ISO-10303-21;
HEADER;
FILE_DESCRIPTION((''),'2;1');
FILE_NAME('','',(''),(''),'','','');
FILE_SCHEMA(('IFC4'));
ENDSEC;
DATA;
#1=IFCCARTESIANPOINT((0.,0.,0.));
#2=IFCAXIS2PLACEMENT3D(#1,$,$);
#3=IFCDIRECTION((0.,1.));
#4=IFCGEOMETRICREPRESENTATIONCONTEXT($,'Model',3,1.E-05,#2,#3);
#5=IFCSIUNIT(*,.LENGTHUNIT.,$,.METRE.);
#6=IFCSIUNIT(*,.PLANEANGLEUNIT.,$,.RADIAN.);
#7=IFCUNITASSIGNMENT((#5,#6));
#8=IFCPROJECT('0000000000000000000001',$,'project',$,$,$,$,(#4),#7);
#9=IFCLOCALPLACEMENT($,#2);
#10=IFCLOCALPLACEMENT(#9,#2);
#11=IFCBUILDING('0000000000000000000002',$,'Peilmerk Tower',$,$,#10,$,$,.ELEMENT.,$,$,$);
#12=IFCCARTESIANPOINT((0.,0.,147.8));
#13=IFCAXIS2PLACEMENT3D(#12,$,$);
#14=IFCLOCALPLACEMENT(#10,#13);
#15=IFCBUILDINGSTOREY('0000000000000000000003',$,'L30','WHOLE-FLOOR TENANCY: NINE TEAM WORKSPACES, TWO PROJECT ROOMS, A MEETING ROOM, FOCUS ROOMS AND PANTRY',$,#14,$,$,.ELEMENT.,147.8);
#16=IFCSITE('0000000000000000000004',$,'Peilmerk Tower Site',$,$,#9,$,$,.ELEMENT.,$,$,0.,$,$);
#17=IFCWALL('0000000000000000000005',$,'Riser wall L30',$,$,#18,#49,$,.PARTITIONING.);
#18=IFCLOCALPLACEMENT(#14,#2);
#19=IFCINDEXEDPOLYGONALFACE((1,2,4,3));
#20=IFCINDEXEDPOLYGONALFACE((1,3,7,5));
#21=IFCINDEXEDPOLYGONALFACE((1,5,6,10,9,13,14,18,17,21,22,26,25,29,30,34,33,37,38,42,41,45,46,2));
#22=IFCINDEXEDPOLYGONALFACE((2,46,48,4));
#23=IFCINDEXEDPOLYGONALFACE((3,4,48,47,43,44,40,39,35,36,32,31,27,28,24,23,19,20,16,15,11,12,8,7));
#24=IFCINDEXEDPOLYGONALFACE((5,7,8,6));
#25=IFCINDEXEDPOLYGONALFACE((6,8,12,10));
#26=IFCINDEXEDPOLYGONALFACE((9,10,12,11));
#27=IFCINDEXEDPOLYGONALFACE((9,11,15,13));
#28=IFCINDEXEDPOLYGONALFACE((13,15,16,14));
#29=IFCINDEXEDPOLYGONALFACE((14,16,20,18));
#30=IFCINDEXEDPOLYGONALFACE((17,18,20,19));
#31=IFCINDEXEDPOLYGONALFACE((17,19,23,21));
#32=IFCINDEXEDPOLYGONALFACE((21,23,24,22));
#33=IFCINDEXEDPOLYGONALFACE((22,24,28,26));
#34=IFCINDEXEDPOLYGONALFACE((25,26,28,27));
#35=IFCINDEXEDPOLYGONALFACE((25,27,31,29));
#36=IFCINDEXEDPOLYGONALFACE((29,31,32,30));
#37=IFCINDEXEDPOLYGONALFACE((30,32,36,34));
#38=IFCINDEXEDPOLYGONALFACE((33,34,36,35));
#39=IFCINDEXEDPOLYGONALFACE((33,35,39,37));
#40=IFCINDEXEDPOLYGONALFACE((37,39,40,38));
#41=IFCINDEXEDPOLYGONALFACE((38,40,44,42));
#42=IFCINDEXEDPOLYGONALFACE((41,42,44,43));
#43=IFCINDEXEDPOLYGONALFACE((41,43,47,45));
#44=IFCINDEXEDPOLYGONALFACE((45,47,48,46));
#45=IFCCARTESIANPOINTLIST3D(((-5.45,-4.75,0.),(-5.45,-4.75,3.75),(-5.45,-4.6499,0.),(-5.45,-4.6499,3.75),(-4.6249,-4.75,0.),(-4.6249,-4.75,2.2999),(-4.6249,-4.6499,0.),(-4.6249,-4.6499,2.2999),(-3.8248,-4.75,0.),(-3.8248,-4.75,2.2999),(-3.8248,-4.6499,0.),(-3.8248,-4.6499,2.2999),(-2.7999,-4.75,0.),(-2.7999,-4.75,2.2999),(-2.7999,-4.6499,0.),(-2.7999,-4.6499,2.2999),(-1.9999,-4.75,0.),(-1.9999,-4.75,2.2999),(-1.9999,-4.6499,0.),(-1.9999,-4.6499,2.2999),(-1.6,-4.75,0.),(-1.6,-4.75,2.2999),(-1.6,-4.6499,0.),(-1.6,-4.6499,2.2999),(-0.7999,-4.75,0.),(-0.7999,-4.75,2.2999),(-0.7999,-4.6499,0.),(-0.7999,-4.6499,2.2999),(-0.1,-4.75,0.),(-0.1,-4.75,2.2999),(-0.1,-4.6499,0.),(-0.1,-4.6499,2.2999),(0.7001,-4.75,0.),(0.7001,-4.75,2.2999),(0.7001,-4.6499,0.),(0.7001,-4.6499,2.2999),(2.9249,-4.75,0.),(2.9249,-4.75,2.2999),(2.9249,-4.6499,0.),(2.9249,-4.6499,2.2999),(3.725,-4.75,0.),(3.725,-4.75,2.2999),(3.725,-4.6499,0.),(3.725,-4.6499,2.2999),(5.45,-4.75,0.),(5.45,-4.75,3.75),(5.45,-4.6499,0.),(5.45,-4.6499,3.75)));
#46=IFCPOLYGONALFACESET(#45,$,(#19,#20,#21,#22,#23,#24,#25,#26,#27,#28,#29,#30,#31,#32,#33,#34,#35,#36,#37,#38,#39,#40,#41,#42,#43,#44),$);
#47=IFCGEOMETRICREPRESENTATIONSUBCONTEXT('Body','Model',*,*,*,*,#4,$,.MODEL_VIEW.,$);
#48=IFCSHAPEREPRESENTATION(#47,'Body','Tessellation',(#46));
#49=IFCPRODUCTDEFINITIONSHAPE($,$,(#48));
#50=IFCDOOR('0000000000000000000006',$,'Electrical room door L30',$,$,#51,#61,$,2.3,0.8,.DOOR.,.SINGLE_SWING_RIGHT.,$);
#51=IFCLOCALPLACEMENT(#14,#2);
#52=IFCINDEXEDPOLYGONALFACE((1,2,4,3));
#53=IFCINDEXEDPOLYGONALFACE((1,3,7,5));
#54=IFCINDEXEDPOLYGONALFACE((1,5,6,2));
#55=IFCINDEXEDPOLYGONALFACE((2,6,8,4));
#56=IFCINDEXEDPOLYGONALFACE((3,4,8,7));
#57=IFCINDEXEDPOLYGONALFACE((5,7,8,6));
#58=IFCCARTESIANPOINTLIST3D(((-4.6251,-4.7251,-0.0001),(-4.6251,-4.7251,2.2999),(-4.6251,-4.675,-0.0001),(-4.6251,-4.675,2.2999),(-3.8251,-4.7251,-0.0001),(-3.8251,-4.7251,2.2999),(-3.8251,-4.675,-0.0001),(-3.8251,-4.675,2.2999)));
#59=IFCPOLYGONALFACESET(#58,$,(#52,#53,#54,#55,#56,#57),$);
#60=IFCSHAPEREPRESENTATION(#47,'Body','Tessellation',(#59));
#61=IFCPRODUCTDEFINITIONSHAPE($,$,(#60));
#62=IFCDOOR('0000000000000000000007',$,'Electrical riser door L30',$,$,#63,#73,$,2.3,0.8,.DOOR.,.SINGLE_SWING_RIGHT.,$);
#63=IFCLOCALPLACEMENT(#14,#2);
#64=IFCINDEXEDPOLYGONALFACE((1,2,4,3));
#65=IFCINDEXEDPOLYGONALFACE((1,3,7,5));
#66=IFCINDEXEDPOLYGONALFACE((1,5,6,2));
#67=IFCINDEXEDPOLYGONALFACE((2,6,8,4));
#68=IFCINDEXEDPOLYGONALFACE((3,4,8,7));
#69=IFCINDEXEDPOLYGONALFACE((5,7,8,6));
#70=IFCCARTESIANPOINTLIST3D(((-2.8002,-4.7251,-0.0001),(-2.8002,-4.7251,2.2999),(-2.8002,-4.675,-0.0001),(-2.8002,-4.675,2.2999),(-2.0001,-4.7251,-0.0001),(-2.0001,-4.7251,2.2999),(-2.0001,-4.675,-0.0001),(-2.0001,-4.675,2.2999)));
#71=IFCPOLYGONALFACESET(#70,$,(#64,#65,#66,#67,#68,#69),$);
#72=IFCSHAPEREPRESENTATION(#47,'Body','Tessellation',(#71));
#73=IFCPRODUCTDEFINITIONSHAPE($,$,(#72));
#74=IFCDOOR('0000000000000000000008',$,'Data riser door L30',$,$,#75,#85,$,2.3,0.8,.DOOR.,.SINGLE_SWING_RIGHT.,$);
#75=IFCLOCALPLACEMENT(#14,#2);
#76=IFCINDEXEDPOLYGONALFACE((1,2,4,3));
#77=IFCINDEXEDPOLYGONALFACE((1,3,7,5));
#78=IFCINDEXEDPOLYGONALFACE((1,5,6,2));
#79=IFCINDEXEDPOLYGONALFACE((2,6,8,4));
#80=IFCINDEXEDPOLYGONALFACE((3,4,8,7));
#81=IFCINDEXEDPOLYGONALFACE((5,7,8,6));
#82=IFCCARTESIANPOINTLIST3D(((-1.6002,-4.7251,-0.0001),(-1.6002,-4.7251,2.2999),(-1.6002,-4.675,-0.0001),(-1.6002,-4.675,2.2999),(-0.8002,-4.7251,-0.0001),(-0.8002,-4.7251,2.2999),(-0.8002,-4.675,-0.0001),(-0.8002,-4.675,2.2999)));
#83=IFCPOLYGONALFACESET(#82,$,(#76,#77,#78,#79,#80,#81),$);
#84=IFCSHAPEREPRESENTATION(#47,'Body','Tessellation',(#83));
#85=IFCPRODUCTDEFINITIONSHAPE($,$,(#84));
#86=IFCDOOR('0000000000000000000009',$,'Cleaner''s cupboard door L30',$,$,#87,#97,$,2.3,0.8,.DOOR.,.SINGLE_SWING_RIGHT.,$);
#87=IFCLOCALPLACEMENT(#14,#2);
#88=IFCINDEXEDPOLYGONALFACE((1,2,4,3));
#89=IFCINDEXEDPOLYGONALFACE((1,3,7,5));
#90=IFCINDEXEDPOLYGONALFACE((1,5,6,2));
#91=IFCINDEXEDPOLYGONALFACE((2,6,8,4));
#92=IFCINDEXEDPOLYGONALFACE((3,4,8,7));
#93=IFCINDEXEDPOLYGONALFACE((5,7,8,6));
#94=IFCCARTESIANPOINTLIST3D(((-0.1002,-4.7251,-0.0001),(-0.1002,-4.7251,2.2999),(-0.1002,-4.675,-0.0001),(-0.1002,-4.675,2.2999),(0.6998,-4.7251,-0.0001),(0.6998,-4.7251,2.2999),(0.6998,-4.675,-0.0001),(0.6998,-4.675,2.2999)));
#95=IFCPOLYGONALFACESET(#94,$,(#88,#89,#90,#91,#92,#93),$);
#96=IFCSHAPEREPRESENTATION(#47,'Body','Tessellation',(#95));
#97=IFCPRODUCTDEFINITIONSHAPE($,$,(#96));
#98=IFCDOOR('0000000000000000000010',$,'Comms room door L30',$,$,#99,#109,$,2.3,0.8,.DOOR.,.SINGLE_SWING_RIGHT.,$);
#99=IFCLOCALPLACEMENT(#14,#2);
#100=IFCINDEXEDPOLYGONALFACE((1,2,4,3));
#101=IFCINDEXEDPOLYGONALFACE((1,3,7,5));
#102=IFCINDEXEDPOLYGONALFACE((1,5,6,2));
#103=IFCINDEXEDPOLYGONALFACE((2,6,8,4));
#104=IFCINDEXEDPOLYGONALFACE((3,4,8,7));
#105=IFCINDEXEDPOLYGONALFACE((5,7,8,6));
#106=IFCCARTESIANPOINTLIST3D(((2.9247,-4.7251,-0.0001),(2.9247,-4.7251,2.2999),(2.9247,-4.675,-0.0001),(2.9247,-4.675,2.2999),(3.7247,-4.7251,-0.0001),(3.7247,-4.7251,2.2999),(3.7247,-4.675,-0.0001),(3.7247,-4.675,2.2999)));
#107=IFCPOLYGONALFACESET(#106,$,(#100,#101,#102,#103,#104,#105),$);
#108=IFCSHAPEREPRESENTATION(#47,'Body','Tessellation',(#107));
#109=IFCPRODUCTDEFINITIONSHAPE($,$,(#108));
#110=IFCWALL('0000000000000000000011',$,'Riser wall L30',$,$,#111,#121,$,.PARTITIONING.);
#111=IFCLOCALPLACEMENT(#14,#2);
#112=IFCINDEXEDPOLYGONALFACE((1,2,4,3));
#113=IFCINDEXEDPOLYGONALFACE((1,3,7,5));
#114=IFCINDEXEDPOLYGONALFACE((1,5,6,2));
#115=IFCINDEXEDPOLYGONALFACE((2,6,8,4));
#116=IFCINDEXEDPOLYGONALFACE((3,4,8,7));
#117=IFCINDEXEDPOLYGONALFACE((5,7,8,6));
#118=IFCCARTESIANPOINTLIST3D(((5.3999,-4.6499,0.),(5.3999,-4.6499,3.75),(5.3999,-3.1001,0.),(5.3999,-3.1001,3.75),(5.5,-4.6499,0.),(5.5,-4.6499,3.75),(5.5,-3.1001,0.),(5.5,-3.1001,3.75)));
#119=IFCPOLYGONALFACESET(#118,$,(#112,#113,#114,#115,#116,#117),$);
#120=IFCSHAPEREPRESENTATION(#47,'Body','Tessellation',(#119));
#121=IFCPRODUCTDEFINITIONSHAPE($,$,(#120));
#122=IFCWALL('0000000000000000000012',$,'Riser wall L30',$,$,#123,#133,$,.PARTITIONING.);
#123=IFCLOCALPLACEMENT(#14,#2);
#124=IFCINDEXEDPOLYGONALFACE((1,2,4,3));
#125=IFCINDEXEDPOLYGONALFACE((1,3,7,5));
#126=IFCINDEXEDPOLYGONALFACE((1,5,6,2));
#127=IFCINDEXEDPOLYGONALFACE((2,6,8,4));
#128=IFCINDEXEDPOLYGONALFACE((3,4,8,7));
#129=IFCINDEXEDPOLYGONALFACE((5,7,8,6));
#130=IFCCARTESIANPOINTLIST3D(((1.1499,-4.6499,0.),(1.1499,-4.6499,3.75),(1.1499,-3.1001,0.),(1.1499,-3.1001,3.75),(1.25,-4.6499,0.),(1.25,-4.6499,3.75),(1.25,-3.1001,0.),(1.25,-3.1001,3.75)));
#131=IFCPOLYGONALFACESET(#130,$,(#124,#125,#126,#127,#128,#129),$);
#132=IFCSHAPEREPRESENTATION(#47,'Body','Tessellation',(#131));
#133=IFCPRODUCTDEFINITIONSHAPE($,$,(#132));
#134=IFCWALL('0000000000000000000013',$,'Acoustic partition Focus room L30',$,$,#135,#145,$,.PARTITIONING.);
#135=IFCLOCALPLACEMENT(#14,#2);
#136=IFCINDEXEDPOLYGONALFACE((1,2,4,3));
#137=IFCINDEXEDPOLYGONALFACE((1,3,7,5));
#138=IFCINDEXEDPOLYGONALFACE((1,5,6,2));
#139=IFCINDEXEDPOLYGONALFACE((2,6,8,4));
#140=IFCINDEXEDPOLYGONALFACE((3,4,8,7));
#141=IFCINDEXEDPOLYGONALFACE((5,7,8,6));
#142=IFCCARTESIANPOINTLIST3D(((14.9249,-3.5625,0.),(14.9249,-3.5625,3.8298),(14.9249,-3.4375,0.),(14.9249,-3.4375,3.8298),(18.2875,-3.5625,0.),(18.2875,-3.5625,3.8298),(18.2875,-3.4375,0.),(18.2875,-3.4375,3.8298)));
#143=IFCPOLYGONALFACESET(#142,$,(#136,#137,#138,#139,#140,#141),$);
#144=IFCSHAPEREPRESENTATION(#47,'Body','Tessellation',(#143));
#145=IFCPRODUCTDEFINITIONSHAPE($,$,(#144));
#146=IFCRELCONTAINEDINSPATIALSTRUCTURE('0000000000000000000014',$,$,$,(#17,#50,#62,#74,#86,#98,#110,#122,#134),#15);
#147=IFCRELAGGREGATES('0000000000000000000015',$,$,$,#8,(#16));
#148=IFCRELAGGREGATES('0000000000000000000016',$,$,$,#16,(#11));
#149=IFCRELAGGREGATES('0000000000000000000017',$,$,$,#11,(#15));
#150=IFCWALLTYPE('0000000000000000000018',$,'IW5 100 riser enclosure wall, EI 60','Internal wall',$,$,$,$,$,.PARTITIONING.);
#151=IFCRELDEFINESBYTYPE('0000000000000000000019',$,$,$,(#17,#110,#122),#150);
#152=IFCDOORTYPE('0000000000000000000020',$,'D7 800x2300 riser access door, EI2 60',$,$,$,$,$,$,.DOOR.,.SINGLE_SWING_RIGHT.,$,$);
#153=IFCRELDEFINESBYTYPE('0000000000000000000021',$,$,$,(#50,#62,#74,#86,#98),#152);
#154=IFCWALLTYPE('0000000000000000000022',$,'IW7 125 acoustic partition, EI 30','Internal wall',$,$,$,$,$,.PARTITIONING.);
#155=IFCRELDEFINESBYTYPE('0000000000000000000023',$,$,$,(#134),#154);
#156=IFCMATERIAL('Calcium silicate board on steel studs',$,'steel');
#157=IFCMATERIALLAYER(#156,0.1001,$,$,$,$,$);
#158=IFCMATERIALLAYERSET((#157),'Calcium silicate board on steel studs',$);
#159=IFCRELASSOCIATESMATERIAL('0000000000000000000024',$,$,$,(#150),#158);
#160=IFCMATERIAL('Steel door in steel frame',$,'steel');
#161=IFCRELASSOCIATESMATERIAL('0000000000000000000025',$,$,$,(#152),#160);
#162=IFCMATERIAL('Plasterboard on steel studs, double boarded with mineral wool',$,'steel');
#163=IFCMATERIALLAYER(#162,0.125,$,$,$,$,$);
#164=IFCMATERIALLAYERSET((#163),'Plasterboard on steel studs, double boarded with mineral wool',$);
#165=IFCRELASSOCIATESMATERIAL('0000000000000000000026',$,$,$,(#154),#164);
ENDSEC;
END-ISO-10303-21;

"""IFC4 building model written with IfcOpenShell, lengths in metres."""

from ifc_helpers import new_model, si_unit, direction, frame, frame_2d, origin, place, context, subcontext, project, spatial, rectangle, extrude, material, layer, layer_set, type_object, element, fill, save


model = new_model("IFC4")

# Units and contexts
model_context = context("Model", 3, precision=1e-05, world=origin(), true_north=direction((0.0, 1.0)))
body_context = subcontext(model_context, "Body", "Model", "MODEL_VIEW")
ifc_project = project(units=[si_unit("LENGTHUNIT", "METRE"), si_unit("PLANEANGLEUNIT", "RADIAN")], contexts=[model_context])

# Site, building, storey
site_placement = place(None, origin())
site = spatial("IfcSite", under=ifc_project, at=site_placement, Name="Peilmerk Tower Site", CompositionType="ELEMENT", RefElevation=0.0)
building_placement = place(site_placement, origin())
building = spatial("IfcBuilding", under=site, at=building_placement, Name="Peilmerk Tower", CompositionType="ELEMENT")
storey_placement = place(building_placement, frame((0.0, 0.0, 147.8)))
storey = spatial("IfcBuildingStorey", under=building, at=storey_placement, Name="L30", Description="WHOLE-FLOOR TENANCY: NINE TEAM WORKSPACES, TWO PROJECT ROOMS, A MEETING ROOM, FOCUS ROOMS AND PANTRY", CompositionType="ELEMENT", Elevation=147.8)

# Shared definitions
ifc_material_1 = material(Name="Steel door in steel frame", Category="steel")

# Shared definitions
ifc_material_2 = material(Name="Calcium silicate board on steel studs", Category="steel")
ifc_layer_1 = layer(ifc_material_2, 0.1001)
ifc_layer_set_1 = layer_set([ifc_layer_1], Name="Calcium silicate board on steel studs")
wall_type_1 = type_object("IfcWallType", Name="IW5 100 riser enclosure wall, EI 60", Description="Internal wall", PredefinedType="PARTITIONING", material=ifc_layer_set_1)

# Wall, openings, doors
wall_1_placement = place(storey_placement, frame((5.45, -4.7, 0.0), z_axis=(0.0, 0.0, 1.0), x_axis=(-1.0, 0.0, 0.0)))
wall_1 = element("IfcWall", 1, at=wall_1_placement, inside=storey, type_object=wall_type_1, Name="Riser wall L30", PredefinedType="PARTITIONING", context=body_context, shape_type="SweptSolid", body=[
    extrude(rectangle(XDim=10.8999, YDim=0.1001, at=frame_2d((5.45, 0.0))), origin(), (0.0, 0.0, 1.0), 3.75),
])
opening_1_placement = place(wall_1_placement, frame((9.2749, 0.0, 0.0)))
opening_1 = element("IfcOpeningElement", 2, at=opening_1_placement, cuts=wall_1, PredefinedType="OPENING", context=body_context, shape_type="SweptSolid", body=[
    extrude(rectangle(XDim=0.8, YDim=2.3, at=frame_2d((0.3999, 1.1499))), frame((0.0, 0.0601, 0.0), z_axis=(0.0, -1.0, 0.0), x_axis=(1.0, 0.0, 0.0)), (0.0, 0.0, 1.0), 0.1201),
])
opening_2_placement = place(wall_1_placement, frame((7.45, 0.0, 0.0)))
opening_2 = element("IfcOpeningElement", 3, at=opening_2_placement, cuts=wall_1, PredefinedType="OPENING", context=body_context, shape_type="SweptSolid", body=[
    extrude(rectangle(XDim=0.8, YDim=2.3, at=frame_2d((0.3999, 1.1499))), frame((0.0, 0.0601, 0.0), z_axis=(0.0, -1.0, 0.0), x_axis=(1.0, 0.0, 0.0)), (0.0, 0.0, 1.0), 0.1201),
])
opening_3_placement = place(wall_1_placement, frame((6.25, 0.0, 0.0)))
opening_3 = element("IfcOpeningElement", 4, at=opening_3_placement, cuts=wall_1, PredefinedType="OPENING", context=body_context, shape_type="SweptSolid", body=[
    extrude(rectangle(XDim=0.8, YDim=2.3, at=frame_2d((0.3999, 1.1499))), frame((0.0, 0.0601, 0.0), z_axis=(0.0, -1.0, 0.0), x_axis=(1.0, 0.0, 0.0)), (0.0, 0.0, 1.0), 0.1201),
])
opening_4_placement = place(wall_1_placement, frame((4.75, 0.0, 0.0)))
opening_4 = element("IfcOpeningElement", 5, at=opening_4_placement, cuts=wall_1, PredefinedType="OPENING", context=body_context, shape_type="SweptSolid", body=[
    extrude(rectangle(XDim=0.8, YDim=2.3, at=frame_2d((0.3999, 1.1499))), frame((0.0, 0.0601, 0.0), z_axis=(0.0, -1.0, 0.0), x_axis=(1.0, 0.0, 0.0)), (0.0, 0.0, 1.0), 0.1201),
])
opening_5_placement = place(wall_1_placement, frame((1.7251, 0.0, 0.0)))
opening_5 = element("IfcOpeningElement", 6, at=opening_5_placement, cuts=wall_1, PredefinedType="OPENING", context=body_context, shape_type="SweptSolid", body=[
    extrude(rectangle(XDim=0.8, YDim=2.3, at=frame_2d((0.3999, 1.1499))), frame((0.0, 0.0601, 0.0), z_axis=(0.0, -1.0, 0.0), x_axis=(1.0, 0.0, 0.0)), (0.0, 0.0, 1.0), 0.1201),
])
door_type_1 = type_object("IfcDoorType", Name="D7 800x2300 riser access door, EI2 60", OperationType="SINGLE_SWING_RIGHT", PredefinedType="DOOR", material=ifc_material_1)
door_1_placement = place(opening_1_placement, frame((0.8, 0.0, 0.0), z_axis=(0.0, 0.0, 1.0), x_axis=(-1.0, 0.0, 0.0)))
door_1 = element("IfcDoor", 7, at=door_1_placement, inside=storey, type_object=door_type_1, Name="Electrical room door L30", OperationType="SINGLE_SWING_RIGHT", OverallHeight=2.3, OverallWidth=0.8, PredefinedType="DOOR", context=body_context, shape_type="SweptSolid", body=[
    extrude(rectangle(XDim=0.8, YDim=2.3, at=frame_2d((0.3999, 1.1499))), frame((0.0, 0.0249, 0.0), z_axis=(0.0, -1.0, 0.0), x_axis=(1.0, 0.0, 0.0)), (0.0, 0.0, 1.0), 0.05),
])
fill(opening_1, door_1)
door_2_placement = place(opening_2_placement, frame((0.8, 0.0, 0.0), z_axis=(0.0, 0.0, 1.0), x_axis=(-1.0, 0.0, 0.0)))
door_2 = element("IfcDoor", 8, at=door_2_placement, inside=storey, type_object=door_type_1, Name="Electrical riser door L30", OperationType="SINGLE_SWING_RIGHT", OverallHeight=2.3, OverallWidth=0.8, PredefinedType="DOOR", context=body_context, shape_type="SweptSolid", body=[
    extrude(rectangle(XDim=0.8, YDim=2.3, at=frame_2d((0.3999, 1.1499))), frame((0.0, 0.0249, 0.0), z_axis=(0.0, -1.0, 0.0), x_axis=(1.0, 0.0, 0.0)), (0.0, 0.0, 1.0), 0.05),
])
fill(opening_2, door_2)
door_3_placement = place(opening_3_placement, frame((0.8, 0.0, 0.0), z_axis=(0.0, 0.0, 1.0), x_axis=(-1.0, 0.0, 0.0)))
door_3 = element("IfcDoor", 9, at=door_3_placement, inside=storey, type_object=door_type_1, Name="Data riser door L30", OperationType="SINGLE_SWING_RIGHT", OverallHeight=2.3, OverallWidth=0.8, PredefinedType="DOOR", context=body_context, shape_type="SweptSolid", body=[
    extrude(rectangle(XDim=0.8, YDim=2.3, at=frame_2d((0.3999, 1.1499))), frame((0.0, 0.0249, 0.0), z_axis=(0.0, -1.0, 0.0), x_axis=(1.0, 0.0, 0.0)), (0.0, 0.0, 1.0), 0.05),
])
fill(opening_3, door_3)
door_4_placement = place(opening_4_placement, frame((0.8, 0.0, 0.0), z_axis=(0.0, 0.0, 1.0), x_axis=(-1.0, 0.0, 0.0)))
door_4 = element("IfcDoor", 10, at=door_4_placement, inside=storey, type_object=door_type_1, Name="Cleaner's cupboard door L30", OperationType="SINGLE_SWING_RIGHT", OverallHeight=2.3, OverallWidth=0.8, PredefinedType="DOOR", context=body_context, shape_type="SweptSolid", body=[
    extrude(rectangle(XDim=0.8, YDim=2.3, at=frame_2d((0.3999, 1.1499))), frame((0.0, 0.0249, 0.0), z_axis=(0.0, -1.0, 0.0), x_axis=(1.0, 0.0, 0.0)), (0.0, 0.0, 1.0), 0.05),
])
fill(opening_4, door_4)
door_5_placement = place(opening_5_placement, frame((0.8, 0.0, 0.0), z_axis=(0.0, 0.0, 1.0), x_axis=(-1.0, 0.0, 0.0)))
door_5 = element("IfcDoor", 11, at=door_5_placement, inside=storey, type_object=door_type_1, Name="Comms room door L30", OperationType="SINGLE_SWING_RIGHT", OverallHeight=2.3, OverallWidth=0.8, PredefinedType="DOOR", context=body_context, shape_type="SweptSolid", body=[
    extrude(rectangle(XDim=0.8, YDim=2.3, at=frame_2d((0.3999, 1.1499))), frame((0.0, 0.0249, 0.0), z_axis=(0.0, -1.0, 0.0), x_axis=(1.0, 0.0, 0.0)), (0.0, 0.0, 1.0), 0.05),
])
fill(opening_5, door_5)

# Walls
for number, where, z_axis, x_axis, name in (
    (12, (5.45, -3.1001, 0.0), (0.0, 0.0, 1.0), (0.0, -1.0, 0.0), "Riser wall L30"),
    (13, (1.2, -3.1001, 0.0), (0.0, 0.0, 1.0), (0.0, -1.0, 0.0), "Riser wall L30"),
):
    element("IfcWall", number, at=place(storey_placement, frame(where, z_axis=z_axis, x_axis=x_axis)), inside=storey, type_object=wall_type_1, Name=name, PredefinedType="PARTITIONING", context=body_context, shape_type="SweptSolid", body=[
        extrude(rectangle(XDim=1.5498, YDim=0.1001, at=frame_2d((0.7749, 0.0))), origin(), (0.0, 0.0, 1.0), 3.75),
    ])
ifc_material_3 = material(Name="Plasterboard on steel studs, double boarded with mineral wool", Category="steel")
ifc_layer_2 = layer(ifc_material_3, 0.125)
ifc_layer_set_2 = layer_set([ifc_layer_2], Name="Plasterboard on steel studs, double boarded with mineral wool")
wall_type_2 = type_object("IfcWallType", Name="IW7 125 acoustic partition, EI 30", Description="Internal wall", PredefinedType="PARTITIONING", material=ifc_layer_set_2)
wall_2_placement = place(storey_placement, frame((14.925, -3.5, 0.0), z_axis=(0.0, 0.0, 1.0), x_axis=(1.0, 0.0, 0.0)))
element("IfcWall", 14, at=wall_2_placement, inside=storey, type_object=wall_type_2, Name="Acoustic partition Focus room L30", PredefinedType="PARTITIONING", context=body_context, shape_type="SweptSolid", body=[
    extrude(rectangle(XDim=3.3625, YDim=0.125, at=frame_2d((1.6812, 0.0))), origin(), (0.0, 0.0, 1.0), 3.8298),
])

save(model, "model.ifc")
